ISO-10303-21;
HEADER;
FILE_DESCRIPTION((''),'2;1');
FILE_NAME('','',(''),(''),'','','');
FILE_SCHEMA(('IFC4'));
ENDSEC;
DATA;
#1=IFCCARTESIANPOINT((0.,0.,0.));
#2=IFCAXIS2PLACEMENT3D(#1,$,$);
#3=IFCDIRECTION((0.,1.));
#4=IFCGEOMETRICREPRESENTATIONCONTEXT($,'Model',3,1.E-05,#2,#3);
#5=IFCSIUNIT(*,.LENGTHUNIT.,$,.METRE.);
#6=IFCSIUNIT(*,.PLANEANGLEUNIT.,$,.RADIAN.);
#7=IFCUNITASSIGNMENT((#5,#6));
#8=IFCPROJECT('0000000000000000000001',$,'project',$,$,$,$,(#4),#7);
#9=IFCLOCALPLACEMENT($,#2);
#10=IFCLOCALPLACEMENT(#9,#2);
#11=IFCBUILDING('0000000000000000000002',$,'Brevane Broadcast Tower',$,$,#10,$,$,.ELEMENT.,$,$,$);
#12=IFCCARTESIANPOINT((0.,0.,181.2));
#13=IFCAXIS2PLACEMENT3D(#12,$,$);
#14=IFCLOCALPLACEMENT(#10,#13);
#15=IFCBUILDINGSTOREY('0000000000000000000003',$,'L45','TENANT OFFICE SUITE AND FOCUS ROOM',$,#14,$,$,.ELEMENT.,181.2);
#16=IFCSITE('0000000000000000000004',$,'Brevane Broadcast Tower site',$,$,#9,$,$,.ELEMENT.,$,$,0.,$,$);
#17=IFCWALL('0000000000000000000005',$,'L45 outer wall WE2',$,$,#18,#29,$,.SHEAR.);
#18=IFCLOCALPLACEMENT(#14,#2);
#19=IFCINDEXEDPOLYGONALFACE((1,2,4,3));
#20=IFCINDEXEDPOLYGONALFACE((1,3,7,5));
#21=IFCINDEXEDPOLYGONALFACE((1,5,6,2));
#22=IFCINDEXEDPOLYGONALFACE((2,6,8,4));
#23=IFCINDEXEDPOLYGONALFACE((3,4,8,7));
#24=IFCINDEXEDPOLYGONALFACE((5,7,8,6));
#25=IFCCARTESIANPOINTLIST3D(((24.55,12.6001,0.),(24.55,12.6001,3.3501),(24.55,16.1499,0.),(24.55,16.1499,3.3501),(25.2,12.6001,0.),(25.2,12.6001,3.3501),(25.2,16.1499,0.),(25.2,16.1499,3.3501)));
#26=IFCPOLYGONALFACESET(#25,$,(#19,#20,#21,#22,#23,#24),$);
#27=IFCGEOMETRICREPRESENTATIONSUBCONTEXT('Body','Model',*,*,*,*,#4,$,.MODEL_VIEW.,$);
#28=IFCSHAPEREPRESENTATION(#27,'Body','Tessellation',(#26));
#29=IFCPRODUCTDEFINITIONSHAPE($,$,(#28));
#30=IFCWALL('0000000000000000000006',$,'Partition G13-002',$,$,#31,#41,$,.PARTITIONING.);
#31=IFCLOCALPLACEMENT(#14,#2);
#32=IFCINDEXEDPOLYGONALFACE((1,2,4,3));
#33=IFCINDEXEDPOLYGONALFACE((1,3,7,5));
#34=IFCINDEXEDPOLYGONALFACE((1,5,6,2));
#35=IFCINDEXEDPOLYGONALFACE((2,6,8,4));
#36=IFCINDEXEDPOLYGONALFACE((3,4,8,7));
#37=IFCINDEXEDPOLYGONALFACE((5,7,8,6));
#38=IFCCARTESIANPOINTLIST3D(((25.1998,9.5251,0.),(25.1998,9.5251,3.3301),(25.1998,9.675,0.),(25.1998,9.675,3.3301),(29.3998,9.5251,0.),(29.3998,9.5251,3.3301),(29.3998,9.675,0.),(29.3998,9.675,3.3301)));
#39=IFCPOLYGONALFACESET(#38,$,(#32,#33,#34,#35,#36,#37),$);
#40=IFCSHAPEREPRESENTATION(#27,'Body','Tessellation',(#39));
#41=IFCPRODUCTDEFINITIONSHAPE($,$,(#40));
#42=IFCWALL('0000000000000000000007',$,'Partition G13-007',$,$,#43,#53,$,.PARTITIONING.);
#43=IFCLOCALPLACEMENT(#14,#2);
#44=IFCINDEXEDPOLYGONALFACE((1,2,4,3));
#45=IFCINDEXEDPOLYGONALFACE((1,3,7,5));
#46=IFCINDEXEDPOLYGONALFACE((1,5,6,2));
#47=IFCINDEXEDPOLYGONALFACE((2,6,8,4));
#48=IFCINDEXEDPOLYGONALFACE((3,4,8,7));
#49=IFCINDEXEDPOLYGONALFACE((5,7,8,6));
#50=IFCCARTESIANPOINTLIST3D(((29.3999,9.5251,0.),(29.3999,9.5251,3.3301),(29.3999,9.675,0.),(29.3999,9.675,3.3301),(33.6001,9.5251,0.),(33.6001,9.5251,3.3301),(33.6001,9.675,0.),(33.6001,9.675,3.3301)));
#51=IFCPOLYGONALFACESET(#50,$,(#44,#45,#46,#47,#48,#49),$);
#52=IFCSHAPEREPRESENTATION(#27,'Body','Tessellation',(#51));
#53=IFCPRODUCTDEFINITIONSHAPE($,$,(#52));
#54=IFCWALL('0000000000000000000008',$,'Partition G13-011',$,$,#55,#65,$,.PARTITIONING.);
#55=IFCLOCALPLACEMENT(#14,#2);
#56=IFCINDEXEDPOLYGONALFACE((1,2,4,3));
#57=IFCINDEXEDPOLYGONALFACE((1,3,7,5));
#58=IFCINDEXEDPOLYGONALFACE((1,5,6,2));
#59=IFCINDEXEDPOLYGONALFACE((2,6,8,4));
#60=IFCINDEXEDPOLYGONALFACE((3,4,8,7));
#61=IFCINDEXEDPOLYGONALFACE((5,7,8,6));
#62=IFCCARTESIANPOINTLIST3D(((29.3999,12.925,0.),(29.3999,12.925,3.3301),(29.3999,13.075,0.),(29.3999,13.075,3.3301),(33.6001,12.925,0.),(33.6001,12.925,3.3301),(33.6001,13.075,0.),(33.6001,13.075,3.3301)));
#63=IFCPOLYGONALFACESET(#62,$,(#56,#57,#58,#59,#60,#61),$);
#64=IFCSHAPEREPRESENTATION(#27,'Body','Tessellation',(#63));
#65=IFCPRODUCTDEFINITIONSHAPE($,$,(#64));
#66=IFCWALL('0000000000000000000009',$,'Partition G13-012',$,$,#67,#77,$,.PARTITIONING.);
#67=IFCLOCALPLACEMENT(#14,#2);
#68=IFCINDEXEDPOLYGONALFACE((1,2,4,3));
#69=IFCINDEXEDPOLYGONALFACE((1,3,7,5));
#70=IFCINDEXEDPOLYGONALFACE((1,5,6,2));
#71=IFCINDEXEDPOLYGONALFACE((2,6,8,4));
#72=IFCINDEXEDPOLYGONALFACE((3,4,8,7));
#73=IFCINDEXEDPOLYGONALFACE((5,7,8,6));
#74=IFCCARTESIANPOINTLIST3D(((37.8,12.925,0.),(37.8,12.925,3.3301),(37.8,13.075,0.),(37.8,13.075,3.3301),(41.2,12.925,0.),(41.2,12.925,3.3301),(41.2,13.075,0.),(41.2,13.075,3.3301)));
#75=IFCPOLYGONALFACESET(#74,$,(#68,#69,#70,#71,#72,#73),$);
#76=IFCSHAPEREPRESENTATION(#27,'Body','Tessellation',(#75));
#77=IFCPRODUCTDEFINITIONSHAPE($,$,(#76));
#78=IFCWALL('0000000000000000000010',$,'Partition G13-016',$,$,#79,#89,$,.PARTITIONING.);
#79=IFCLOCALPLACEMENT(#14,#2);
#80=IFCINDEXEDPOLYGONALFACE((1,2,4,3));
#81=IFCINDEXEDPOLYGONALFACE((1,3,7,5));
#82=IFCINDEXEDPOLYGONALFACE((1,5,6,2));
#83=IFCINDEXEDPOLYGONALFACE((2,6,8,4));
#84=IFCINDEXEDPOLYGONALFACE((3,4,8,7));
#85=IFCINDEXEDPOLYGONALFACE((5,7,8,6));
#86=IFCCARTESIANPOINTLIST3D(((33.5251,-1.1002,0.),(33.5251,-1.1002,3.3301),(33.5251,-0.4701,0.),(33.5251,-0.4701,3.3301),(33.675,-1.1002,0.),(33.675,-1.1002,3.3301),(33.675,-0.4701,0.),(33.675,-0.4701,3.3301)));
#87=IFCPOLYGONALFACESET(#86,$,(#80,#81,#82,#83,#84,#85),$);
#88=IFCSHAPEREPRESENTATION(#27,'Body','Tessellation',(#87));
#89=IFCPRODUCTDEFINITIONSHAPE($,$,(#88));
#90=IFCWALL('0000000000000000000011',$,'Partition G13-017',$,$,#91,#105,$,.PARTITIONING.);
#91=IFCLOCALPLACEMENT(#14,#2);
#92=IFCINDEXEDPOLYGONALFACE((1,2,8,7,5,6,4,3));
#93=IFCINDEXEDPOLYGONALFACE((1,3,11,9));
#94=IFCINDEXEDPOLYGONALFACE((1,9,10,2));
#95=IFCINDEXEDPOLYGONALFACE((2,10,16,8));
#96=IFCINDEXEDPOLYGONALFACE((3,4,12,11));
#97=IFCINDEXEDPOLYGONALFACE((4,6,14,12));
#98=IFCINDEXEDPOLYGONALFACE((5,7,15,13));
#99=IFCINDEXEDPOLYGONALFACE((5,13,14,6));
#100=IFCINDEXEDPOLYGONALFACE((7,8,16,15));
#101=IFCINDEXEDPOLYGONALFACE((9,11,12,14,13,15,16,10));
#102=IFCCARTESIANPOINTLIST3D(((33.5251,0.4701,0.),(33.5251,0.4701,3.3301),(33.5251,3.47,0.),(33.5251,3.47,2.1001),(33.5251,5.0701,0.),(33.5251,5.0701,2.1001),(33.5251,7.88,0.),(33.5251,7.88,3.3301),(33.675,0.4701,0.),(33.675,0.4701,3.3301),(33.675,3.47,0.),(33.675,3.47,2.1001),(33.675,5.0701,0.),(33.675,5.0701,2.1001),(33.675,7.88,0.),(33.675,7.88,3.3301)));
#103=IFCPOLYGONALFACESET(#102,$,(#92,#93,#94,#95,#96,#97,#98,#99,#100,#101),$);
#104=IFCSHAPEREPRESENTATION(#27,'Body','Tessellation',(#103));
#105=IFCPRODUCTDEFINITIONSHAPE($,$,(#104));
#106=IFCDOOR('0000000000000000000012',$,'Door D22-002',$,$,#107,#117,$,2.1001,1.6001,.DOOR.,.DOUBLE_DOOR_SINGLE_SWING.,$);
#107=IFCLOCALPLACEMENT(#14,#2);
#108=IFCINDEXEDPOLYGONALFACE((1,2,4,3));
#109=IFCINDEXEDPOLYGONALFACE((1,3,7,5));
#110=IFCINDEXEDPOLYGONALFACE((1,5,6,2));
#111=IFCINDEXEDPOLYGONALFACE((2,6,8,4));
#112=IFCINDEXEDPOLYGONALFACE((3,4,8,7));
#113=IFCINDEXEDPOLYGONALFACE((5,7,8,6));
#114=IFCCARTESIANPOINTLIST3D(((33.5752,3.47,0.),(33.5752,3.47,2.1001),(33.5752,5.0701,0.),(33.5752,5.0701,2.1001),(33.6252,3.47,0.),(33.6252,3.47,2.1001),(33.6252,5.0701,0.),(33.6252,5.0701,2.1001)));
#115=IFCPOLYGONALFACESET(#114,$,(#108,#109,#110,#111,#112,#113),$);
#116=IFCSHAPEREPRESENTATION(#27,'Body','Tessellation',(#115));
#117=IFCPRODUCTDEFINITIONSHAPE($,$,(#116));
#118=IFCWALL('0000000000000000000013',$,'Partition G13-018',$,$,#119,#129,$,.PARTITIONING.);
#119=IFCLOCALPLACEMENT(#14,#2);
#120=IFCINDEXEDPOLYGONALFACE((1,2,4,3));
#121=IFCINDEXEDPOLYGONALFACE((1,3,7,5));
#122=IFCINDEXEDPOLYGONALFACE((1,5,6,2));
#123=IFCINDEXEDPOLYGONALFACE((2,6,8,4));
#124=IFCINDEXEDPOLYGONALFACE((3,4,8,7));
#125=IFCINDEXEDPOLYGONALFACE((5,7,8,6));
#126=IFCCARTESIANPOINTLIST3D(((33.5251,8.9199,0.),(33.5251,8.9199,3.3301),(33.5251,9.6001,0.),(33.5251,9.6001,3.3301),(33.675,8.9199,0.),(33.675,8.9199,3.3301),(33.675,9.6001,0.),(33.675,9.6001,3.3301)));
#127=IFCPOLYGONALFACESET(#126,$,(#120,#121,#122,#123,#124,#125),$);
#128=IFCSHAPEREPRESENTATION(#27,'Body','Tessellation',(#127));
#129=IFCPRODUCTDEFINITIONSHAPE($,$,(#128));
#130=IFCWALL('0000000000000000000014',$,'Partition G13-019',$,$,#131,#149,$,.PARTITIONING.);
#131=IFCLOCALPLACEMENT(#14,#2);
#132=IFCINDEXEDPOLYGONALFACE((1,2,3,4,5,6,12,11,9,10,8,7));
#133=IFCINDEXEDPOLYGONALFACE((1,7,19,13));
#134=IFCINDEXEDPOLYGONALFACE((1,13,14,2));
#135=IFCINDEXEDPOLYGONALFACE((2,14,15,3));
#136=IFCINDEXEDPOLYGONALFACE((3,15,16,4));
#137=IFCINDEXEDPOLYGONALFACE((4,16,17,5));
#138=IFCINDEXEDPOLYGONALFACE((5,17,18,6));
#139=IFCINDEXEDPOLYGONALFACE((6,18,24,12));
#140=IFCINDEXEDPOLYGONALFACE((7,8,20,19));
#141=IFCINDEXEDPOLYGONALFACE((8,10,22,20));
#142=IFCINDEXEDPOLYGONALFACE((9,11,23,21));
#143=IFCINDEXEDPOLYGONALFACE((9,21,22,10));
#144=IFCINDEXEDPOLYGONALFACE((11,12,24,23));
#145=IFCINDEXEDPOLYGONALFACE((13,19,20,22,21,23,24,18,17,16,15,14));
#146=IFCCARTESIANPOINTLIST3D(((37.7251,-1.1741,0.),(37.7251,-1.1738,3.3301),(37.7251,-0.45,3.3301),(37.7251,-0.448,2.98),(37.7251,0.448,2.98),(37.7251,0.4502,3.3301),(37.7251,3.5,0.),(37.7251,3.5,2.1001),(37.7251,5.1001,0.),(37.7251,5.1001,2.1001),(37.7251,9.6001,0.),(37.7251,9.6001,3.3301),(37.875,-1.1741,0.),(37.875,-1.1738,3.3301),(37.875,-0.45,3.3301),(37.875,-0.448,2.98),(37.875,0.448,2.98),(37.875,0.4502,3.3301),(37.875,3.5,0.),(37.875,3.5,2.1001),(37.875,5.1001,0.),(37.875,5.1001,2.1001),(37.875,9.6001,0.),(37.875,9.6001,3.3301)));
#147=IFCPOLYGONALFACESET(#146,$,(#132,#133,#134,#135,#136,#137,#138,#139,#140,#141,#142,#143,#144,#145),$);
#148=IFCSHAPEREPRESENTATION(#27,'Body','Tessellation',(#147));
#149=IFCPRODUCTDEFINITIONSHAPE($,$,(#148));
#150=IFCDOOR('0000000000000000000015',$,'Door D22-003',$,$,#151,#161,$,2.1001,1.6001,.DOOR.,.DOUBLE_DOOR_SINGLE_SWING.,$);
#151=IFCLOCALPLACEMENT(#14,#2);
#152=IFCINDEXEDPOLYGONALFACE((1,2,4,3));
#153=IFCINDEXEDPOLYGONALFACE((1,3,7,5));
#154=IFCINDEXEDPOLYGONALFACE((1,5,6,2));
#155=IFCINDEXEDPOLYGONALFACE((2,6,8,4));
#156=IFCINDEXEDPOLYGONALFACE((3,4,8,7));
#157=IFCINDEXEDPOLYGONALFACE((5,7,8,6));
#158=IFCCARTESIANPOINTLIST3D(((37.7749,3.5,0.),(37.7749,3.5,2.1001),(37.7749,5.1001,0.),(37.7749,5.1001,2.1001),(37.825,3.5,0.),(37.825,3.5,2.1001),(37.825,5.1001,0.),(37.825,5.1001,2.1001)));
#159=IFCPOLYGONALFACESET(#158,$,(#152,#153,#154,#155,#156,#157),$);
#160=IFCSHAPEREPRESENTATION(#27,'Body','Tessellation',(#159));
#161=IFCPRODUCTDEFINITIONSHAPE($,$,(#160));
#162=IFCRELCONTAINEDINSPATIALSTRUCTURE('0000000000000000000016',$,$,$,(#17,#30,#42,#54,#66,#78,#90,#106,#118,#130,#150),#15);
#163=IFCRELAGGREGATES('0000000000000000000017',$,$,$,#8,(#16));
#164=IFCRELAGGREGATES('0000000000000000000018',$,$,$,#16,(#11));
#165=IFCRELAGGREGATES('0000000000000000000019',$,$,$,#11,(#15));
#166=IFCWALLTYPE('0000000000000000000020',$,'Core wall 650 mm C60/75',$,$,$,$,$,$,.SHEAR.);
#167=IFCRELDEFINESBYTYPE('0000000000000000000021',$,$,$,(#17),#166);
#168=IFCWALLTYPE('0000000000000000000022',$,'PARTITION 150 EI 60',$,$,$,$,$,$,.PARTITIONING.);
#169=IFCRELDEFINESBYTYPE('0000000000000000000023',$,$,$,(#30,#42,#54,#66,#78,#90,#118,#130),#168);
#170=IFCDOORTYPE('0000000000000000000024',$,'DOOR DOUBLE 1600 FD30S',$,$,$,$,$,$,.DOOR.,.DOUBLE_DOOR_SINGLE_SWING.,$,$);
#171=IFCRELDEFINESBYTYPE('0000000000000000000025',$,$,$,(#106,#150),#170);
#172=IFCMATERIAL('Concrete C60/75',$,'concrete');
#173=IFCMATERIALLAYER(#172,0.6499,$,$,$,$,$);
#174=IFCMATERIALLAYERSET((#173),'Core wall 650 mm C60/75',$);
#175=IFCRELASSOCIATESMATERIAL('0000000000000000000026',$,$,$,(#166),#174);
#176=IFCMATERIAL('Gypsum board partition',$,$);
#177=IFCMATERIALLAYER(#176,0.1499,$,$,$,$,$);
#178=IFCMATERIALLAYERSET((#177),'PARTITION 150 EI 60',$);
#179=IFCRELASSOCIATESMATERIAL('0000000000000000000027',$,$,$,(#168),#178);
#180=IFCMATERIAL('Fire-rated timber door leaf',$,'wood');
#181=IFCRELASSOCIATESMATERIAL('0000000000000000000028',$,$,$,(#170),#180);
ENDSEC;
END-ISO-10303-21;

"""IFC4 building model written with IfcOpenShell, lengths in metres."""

from ifc_helpers import new_model, si_unit, direction, frame, frame_2d, origin, place, context, subcontext, project, spatial, polyline, rectangle, outline, extrude, material, layer, layer_set, type_object, element, fill, save


model = new_model("IFC4")

# Units and contexts
model_context = context("Model", 3, precision=1e-05, world=origin(), true_north=direction((0.0, 1.0)))
body_context = subcontext(model_context, "Body", "Model", "MODEL_VIEW")
ifc_project = project(units=[si_unit("LENGTHUNIT", "METRE"), si_unit("PLANEANGLEUNIT", "RADIAN")], contexts=[model_context])

# Site, building, storey
site_placement = place(None, origin())
site = spatial("IfcSite", under=ifc_project, at=site_placement, Name="Brevane Broadcast Tower site", CompositionType="ELEMENT", RefElevation=0.0)
building_placement = place(site_placement, origin())
building = spatial("IfcBuilding", under=site, at=building_placement, Name="Brevane Broadcast Tower", CompositionType="ELEMENT")
storey_placement = place(building_placement, frame((0.0, 0.0, 181.2)))
storey = spatial("IfcBuildingStorey", under=building, at=storey_placement, Name="L45", Description="TENANT OFFICE SUITE AND FOCUS ROOM", CompositionType="ELEMENT", Elevation=181.2)

# Shared definitions
ifc_material_1 = material(Name="Concrete C60/75", Category="concrete")

# Walls
ifc_layer_1 = layer(ifc_material_1, 0.6499)
ifc_layer_set_1 = layer_set([ifc_layer_1], Name="Core wall 650 mm C60/75")
wall_type_1 = type_object("IfcWallType", Name="Core wall 650 mm C60/75", PredefinedType="SHEAR", material=ifc_layer_set_1)
wall_1_placement = place(storey_placement, frame((24.875, 12.6001, 0.0), z_axis=(0.0, 0.0, 1.0), x_axis=(0.0, 1.0, 0.0)))
element("IfcWall", 1, at=wall_1_placement, inside=storey, type_object=wall_type_1, Name="L45 outer wall WE2", PredefinedType="SHEAR", context=body_context, shape_type="SweptSolid", body=[
    extrude(rectangle(XDim=3.5498, YDim=0.6499, at=frame_2d((1.7749, 0.0))), origin(), (0.0, 0.0, 1.0), 3.3501),
])
ifc_material_2 = material(Name="Gypsum board partition")
ifc_layer_2 = layer(ifc_material_2, 0.1499)
ifc_layer_set_2 = layer_set([ifc_layer_2], Name="PARTITION 150 EI 60")
wall_type_2 = type_object("IfcWallType", Name="PARTITION 150 EI 60", PredefinedType="PARTITIONING", material=ifc_layer_set_2)
wall_2_placement = place(storey_placement, frame((29.3999, 9.6001, 0.0), z_axis=(0.0, 0.0, 1.0), x_axis=(-1.0, 0.0, 0.0)))
element("IfcWall", 2, at=wall_2_placement, inside=storey, type_object=wall_type_2, Name="Partition G13-002", PredefinedType="PARTITIONING", context=body_context, shape_type="SweptSolid", body=[
    extrude(rectangle(XDim=4.2, YDim=0.1499, at=frame_2d((2.1001, 0.0))), origin(), (0.0, 0.0, 1.0), 3.3301),
])
for number, where, z_axis, x_axis, name in (
    (3, (33.6001, 9.6001, 0.0), (0.0, 0.0, 1.0), (-1.0, 0.0, 0.0), "Partition G13-007"),
    (4, (29.3999, 13.0, 0.0), (0.0, 0.0, 1.0), (1.0, 0.0, 0.0), "Partition G13-011"),
):
    element("IfcWall", number, at=place(storey_placement, frame(where, z_axis=z_axis, x_axis=x_axis)), inside=storey, type_object=wall_type_2, Name=name, PredefinedType="PARTITIONING", context=body_context, shape_type="SweptSolid", body=[
        extrude(rectangle(XDim=4.2002, YDim=0.1499, at=frame_2d((2.1001, 0.0))), origin(), (0.0, 0.0, 1.0), 3.3301),
    ])
wall_3_placement = place(storey_placement, frame((37.8, 13.0, 0.0), z_axis=(0.0, 0.0, 1.0), x_axis=(1.0, 0.0, 0.0)))
element("IfcWall", 5, at=wall_3_placement, inside=storey, type_object=wall_type_2, Name="Partition G13-012", PredefinedType="PARTITIONING", context=body_context, shape_type="SweptSolid", body=[
    extrude(rectangle(XDim=3.3999, YDim=0.1499, at=frame_2d((1.7, 0.0))), origin(), (0.0, 0.0, 1.0), 3.3301),
])
wall_4_placement = place(storey_placement, frame((33.6001, -1.1001, 0.0), z_axis=(0.0, 0.0, 1.0), x_axis=(0.0, 1.0, 0.0)))
element("IfcWall", 6, at=wall_4_placement, inside=storey, type_object=wall_type_2, Name="Partition G13-016", PredefinedType="PARTITIONING", context=body_context, shape_type="SweptSolid", body=[
    extrude(rectangle(XDim=0.6301, YDim=0.1499, at=frame_2d((0.3149, 0.0))), origin(), (0.0, 0.0, 1.0), 3.3301),
])

# Wall, opening, door
wall_5_placement = place(storey_placement, frame((33.6001, 0.47, 0.0), z_axis=(0.0, 0.0, 1.0), x_axis=(0.0, 1.0, 0.0)))
wall_5 = element("IfcWall", 7, at=wall_5_placement, inside=storey, type_object=wall_type_2, Name="Partition G13-017", PredefinedType="PARTITIONING", context=body_context, shape_type="SweptSolid", body=[
    extrude(rectangle(XDim=7.4099, YDim=0.1499, at=frame_2d((3.7051, 0.0))), origin(), (0.0, 0.0, 1.0), 3.3301),
])
opening_1_placement = place(wall_5_placement, frame((3.0, 0.0, 0.0)))
opening_1 = element("IfcOpeningElement", 8, at=opening_1_placement, cuts=wall_5, PredefinedType="OPENING", context=body_context, shape_type="SweptSolid", body=[
    extrude(rectangle(XDim=1.6001, YDim=2.1001, at=frame_2d((0.8, 1.05))), frame((0.0, 0.085, 0.0), z_axis=(0.0, -1.0, 0.0), x_axis=(1.0, 0.0, 0.0)), (0.0, 0.0, 1.0), 0.1699),
])
ifc_material_3 = material(Name="Fire-rated timber door leaf", Category="wood")
door_type = type_object("IfcDoorType", Name="DOOR DOUBLE 1600 FD30S", OperationType="DOUBLE_DOOR_SINGLE_SWING", PredefinedType="DOOR", material=ifc_material_3)
door_1_placement = place(opening_1_placement, origin())
door_1 = element("IfcDoor", 9, at=door_1_placement, inside=storey, type_object=door_type, Name="Door D22-002", OperationType="DOUBLE_DOOR_SINGLE_SWING", OverallHeight=2.1001, OverallWidth=1.6001, PredefinedType="DOOR", context=body_context, shape_type="SweptSolid", body=[
    extrude(rectangle(XDim=1.6001, YDim=2.1001, at=frame_2d((0.8, 1.05))), frame((0.0, 0.0249, 0.0), z_axis=(0.0, -1.0, 0.0), x_axis=(1.0, 0.0, 0.0)), (0.0, 0.0, 1.0), 0.05),
])
fill(opening_1, door_1)

# Wall
wall_6_placement = place(storey_placement, frame((33.6001, 8.9199, 0.0), z_axis=(0.0, 0.0, 1.0), x_axis=(0.0, 1.0, 0.0)))
element("IfcWall", 10, at=wall_6_placement, inside=storey, type_object=wall_type_2, Name="Partition G13-018", PredefinedType="PARTITIONING", context=body_context, shape_type="SweptSolid", body=[
    extrude(rectangle(XDim=0.6802, YDim=0.1499, at=frame_2d((0.3401, 0.0))), origin(), (0.0, 0.0, 1.0), 3.3301),
])

# Wall, opening, door
wall_7_placement = place(storey_placement, frame((37.8, 9.6001, 0.0), z_axis=(0.0, 0.0, 1.0), x_axis=(0.0, -1.0, 0.0)))
wall_7 = element("IfcWall", 11, at=wall_7_placement, inside=storey, type_object=wall_type_2, Name="Partition G13-019", PredefinedType="PARTITIONING", context=body_context, shape_type="SweptSolid", body=[
    extrude(outline(polyline([(0.0, 0.0), (10.7742, 0.0), (10.7739, 3.3301), (10.7, 3.3301), (10.05, 3.3301), (10.0481, 2.98), (9.1521, 2.98), (9.1499, 3.3301), (0.0, 3.3301), (0.0, 0.0)])), frame((0.0, 0.075, 0.0), z_axis=(0.0, -1.0, 0.0), x_axis=(1.0, 0.0, 0.0)), (0.0, 0.0, 1.0), 0.1499),
])
opening_2_placement = place(wall_7_placement, frame((4.5, 0.0, 0.0)))
opening_2 = element("IfcOpeningElement", 12, at=opening_2_placement, cuts=wall_7, PredefinedType="OPENING", context=body_context, shape_type="SweptSolid", body=[
    extrude(rectangle(XDim=1.6001, YDim=2.1001, at=frame_2d((0.8, 1.05))), frame((0.0, 0.085, 0.0), z_axis=(0.0, -1.0, 0.0), x_axis=(1.0, 0.0, 0.0)), (0.0, 0.0, 1.0), 0.1699),
])
door_2_placement = place(opening_2_placement, origin())
door_2 = element("IfcDoor", 13, at=door_2_placement, inside=storey, type_object=door_type, Name="Door D22-003", OperationType="DOUBLE_DOOR_SINGLE_SWING", OverallHeight=2.1001, OverallWidth=1.6001, PredefinedType="DOOR", context=body_context, shape_type="SweptSolid", body=[
    extrude(rectangle(XDim=1.6001, YDim=2.1001, at=frame_2d((0.8, 1.05))), frame((0.0, 0.0249, 0.0), z_axis=(0.0, -1.0, 0.0), x_axis=(1.0, 0.0, 0.0)), (0.0, 0.0, 1.0), 0.05),
])
fill(opening_2, door_2)

save(model, "model.ifc")
